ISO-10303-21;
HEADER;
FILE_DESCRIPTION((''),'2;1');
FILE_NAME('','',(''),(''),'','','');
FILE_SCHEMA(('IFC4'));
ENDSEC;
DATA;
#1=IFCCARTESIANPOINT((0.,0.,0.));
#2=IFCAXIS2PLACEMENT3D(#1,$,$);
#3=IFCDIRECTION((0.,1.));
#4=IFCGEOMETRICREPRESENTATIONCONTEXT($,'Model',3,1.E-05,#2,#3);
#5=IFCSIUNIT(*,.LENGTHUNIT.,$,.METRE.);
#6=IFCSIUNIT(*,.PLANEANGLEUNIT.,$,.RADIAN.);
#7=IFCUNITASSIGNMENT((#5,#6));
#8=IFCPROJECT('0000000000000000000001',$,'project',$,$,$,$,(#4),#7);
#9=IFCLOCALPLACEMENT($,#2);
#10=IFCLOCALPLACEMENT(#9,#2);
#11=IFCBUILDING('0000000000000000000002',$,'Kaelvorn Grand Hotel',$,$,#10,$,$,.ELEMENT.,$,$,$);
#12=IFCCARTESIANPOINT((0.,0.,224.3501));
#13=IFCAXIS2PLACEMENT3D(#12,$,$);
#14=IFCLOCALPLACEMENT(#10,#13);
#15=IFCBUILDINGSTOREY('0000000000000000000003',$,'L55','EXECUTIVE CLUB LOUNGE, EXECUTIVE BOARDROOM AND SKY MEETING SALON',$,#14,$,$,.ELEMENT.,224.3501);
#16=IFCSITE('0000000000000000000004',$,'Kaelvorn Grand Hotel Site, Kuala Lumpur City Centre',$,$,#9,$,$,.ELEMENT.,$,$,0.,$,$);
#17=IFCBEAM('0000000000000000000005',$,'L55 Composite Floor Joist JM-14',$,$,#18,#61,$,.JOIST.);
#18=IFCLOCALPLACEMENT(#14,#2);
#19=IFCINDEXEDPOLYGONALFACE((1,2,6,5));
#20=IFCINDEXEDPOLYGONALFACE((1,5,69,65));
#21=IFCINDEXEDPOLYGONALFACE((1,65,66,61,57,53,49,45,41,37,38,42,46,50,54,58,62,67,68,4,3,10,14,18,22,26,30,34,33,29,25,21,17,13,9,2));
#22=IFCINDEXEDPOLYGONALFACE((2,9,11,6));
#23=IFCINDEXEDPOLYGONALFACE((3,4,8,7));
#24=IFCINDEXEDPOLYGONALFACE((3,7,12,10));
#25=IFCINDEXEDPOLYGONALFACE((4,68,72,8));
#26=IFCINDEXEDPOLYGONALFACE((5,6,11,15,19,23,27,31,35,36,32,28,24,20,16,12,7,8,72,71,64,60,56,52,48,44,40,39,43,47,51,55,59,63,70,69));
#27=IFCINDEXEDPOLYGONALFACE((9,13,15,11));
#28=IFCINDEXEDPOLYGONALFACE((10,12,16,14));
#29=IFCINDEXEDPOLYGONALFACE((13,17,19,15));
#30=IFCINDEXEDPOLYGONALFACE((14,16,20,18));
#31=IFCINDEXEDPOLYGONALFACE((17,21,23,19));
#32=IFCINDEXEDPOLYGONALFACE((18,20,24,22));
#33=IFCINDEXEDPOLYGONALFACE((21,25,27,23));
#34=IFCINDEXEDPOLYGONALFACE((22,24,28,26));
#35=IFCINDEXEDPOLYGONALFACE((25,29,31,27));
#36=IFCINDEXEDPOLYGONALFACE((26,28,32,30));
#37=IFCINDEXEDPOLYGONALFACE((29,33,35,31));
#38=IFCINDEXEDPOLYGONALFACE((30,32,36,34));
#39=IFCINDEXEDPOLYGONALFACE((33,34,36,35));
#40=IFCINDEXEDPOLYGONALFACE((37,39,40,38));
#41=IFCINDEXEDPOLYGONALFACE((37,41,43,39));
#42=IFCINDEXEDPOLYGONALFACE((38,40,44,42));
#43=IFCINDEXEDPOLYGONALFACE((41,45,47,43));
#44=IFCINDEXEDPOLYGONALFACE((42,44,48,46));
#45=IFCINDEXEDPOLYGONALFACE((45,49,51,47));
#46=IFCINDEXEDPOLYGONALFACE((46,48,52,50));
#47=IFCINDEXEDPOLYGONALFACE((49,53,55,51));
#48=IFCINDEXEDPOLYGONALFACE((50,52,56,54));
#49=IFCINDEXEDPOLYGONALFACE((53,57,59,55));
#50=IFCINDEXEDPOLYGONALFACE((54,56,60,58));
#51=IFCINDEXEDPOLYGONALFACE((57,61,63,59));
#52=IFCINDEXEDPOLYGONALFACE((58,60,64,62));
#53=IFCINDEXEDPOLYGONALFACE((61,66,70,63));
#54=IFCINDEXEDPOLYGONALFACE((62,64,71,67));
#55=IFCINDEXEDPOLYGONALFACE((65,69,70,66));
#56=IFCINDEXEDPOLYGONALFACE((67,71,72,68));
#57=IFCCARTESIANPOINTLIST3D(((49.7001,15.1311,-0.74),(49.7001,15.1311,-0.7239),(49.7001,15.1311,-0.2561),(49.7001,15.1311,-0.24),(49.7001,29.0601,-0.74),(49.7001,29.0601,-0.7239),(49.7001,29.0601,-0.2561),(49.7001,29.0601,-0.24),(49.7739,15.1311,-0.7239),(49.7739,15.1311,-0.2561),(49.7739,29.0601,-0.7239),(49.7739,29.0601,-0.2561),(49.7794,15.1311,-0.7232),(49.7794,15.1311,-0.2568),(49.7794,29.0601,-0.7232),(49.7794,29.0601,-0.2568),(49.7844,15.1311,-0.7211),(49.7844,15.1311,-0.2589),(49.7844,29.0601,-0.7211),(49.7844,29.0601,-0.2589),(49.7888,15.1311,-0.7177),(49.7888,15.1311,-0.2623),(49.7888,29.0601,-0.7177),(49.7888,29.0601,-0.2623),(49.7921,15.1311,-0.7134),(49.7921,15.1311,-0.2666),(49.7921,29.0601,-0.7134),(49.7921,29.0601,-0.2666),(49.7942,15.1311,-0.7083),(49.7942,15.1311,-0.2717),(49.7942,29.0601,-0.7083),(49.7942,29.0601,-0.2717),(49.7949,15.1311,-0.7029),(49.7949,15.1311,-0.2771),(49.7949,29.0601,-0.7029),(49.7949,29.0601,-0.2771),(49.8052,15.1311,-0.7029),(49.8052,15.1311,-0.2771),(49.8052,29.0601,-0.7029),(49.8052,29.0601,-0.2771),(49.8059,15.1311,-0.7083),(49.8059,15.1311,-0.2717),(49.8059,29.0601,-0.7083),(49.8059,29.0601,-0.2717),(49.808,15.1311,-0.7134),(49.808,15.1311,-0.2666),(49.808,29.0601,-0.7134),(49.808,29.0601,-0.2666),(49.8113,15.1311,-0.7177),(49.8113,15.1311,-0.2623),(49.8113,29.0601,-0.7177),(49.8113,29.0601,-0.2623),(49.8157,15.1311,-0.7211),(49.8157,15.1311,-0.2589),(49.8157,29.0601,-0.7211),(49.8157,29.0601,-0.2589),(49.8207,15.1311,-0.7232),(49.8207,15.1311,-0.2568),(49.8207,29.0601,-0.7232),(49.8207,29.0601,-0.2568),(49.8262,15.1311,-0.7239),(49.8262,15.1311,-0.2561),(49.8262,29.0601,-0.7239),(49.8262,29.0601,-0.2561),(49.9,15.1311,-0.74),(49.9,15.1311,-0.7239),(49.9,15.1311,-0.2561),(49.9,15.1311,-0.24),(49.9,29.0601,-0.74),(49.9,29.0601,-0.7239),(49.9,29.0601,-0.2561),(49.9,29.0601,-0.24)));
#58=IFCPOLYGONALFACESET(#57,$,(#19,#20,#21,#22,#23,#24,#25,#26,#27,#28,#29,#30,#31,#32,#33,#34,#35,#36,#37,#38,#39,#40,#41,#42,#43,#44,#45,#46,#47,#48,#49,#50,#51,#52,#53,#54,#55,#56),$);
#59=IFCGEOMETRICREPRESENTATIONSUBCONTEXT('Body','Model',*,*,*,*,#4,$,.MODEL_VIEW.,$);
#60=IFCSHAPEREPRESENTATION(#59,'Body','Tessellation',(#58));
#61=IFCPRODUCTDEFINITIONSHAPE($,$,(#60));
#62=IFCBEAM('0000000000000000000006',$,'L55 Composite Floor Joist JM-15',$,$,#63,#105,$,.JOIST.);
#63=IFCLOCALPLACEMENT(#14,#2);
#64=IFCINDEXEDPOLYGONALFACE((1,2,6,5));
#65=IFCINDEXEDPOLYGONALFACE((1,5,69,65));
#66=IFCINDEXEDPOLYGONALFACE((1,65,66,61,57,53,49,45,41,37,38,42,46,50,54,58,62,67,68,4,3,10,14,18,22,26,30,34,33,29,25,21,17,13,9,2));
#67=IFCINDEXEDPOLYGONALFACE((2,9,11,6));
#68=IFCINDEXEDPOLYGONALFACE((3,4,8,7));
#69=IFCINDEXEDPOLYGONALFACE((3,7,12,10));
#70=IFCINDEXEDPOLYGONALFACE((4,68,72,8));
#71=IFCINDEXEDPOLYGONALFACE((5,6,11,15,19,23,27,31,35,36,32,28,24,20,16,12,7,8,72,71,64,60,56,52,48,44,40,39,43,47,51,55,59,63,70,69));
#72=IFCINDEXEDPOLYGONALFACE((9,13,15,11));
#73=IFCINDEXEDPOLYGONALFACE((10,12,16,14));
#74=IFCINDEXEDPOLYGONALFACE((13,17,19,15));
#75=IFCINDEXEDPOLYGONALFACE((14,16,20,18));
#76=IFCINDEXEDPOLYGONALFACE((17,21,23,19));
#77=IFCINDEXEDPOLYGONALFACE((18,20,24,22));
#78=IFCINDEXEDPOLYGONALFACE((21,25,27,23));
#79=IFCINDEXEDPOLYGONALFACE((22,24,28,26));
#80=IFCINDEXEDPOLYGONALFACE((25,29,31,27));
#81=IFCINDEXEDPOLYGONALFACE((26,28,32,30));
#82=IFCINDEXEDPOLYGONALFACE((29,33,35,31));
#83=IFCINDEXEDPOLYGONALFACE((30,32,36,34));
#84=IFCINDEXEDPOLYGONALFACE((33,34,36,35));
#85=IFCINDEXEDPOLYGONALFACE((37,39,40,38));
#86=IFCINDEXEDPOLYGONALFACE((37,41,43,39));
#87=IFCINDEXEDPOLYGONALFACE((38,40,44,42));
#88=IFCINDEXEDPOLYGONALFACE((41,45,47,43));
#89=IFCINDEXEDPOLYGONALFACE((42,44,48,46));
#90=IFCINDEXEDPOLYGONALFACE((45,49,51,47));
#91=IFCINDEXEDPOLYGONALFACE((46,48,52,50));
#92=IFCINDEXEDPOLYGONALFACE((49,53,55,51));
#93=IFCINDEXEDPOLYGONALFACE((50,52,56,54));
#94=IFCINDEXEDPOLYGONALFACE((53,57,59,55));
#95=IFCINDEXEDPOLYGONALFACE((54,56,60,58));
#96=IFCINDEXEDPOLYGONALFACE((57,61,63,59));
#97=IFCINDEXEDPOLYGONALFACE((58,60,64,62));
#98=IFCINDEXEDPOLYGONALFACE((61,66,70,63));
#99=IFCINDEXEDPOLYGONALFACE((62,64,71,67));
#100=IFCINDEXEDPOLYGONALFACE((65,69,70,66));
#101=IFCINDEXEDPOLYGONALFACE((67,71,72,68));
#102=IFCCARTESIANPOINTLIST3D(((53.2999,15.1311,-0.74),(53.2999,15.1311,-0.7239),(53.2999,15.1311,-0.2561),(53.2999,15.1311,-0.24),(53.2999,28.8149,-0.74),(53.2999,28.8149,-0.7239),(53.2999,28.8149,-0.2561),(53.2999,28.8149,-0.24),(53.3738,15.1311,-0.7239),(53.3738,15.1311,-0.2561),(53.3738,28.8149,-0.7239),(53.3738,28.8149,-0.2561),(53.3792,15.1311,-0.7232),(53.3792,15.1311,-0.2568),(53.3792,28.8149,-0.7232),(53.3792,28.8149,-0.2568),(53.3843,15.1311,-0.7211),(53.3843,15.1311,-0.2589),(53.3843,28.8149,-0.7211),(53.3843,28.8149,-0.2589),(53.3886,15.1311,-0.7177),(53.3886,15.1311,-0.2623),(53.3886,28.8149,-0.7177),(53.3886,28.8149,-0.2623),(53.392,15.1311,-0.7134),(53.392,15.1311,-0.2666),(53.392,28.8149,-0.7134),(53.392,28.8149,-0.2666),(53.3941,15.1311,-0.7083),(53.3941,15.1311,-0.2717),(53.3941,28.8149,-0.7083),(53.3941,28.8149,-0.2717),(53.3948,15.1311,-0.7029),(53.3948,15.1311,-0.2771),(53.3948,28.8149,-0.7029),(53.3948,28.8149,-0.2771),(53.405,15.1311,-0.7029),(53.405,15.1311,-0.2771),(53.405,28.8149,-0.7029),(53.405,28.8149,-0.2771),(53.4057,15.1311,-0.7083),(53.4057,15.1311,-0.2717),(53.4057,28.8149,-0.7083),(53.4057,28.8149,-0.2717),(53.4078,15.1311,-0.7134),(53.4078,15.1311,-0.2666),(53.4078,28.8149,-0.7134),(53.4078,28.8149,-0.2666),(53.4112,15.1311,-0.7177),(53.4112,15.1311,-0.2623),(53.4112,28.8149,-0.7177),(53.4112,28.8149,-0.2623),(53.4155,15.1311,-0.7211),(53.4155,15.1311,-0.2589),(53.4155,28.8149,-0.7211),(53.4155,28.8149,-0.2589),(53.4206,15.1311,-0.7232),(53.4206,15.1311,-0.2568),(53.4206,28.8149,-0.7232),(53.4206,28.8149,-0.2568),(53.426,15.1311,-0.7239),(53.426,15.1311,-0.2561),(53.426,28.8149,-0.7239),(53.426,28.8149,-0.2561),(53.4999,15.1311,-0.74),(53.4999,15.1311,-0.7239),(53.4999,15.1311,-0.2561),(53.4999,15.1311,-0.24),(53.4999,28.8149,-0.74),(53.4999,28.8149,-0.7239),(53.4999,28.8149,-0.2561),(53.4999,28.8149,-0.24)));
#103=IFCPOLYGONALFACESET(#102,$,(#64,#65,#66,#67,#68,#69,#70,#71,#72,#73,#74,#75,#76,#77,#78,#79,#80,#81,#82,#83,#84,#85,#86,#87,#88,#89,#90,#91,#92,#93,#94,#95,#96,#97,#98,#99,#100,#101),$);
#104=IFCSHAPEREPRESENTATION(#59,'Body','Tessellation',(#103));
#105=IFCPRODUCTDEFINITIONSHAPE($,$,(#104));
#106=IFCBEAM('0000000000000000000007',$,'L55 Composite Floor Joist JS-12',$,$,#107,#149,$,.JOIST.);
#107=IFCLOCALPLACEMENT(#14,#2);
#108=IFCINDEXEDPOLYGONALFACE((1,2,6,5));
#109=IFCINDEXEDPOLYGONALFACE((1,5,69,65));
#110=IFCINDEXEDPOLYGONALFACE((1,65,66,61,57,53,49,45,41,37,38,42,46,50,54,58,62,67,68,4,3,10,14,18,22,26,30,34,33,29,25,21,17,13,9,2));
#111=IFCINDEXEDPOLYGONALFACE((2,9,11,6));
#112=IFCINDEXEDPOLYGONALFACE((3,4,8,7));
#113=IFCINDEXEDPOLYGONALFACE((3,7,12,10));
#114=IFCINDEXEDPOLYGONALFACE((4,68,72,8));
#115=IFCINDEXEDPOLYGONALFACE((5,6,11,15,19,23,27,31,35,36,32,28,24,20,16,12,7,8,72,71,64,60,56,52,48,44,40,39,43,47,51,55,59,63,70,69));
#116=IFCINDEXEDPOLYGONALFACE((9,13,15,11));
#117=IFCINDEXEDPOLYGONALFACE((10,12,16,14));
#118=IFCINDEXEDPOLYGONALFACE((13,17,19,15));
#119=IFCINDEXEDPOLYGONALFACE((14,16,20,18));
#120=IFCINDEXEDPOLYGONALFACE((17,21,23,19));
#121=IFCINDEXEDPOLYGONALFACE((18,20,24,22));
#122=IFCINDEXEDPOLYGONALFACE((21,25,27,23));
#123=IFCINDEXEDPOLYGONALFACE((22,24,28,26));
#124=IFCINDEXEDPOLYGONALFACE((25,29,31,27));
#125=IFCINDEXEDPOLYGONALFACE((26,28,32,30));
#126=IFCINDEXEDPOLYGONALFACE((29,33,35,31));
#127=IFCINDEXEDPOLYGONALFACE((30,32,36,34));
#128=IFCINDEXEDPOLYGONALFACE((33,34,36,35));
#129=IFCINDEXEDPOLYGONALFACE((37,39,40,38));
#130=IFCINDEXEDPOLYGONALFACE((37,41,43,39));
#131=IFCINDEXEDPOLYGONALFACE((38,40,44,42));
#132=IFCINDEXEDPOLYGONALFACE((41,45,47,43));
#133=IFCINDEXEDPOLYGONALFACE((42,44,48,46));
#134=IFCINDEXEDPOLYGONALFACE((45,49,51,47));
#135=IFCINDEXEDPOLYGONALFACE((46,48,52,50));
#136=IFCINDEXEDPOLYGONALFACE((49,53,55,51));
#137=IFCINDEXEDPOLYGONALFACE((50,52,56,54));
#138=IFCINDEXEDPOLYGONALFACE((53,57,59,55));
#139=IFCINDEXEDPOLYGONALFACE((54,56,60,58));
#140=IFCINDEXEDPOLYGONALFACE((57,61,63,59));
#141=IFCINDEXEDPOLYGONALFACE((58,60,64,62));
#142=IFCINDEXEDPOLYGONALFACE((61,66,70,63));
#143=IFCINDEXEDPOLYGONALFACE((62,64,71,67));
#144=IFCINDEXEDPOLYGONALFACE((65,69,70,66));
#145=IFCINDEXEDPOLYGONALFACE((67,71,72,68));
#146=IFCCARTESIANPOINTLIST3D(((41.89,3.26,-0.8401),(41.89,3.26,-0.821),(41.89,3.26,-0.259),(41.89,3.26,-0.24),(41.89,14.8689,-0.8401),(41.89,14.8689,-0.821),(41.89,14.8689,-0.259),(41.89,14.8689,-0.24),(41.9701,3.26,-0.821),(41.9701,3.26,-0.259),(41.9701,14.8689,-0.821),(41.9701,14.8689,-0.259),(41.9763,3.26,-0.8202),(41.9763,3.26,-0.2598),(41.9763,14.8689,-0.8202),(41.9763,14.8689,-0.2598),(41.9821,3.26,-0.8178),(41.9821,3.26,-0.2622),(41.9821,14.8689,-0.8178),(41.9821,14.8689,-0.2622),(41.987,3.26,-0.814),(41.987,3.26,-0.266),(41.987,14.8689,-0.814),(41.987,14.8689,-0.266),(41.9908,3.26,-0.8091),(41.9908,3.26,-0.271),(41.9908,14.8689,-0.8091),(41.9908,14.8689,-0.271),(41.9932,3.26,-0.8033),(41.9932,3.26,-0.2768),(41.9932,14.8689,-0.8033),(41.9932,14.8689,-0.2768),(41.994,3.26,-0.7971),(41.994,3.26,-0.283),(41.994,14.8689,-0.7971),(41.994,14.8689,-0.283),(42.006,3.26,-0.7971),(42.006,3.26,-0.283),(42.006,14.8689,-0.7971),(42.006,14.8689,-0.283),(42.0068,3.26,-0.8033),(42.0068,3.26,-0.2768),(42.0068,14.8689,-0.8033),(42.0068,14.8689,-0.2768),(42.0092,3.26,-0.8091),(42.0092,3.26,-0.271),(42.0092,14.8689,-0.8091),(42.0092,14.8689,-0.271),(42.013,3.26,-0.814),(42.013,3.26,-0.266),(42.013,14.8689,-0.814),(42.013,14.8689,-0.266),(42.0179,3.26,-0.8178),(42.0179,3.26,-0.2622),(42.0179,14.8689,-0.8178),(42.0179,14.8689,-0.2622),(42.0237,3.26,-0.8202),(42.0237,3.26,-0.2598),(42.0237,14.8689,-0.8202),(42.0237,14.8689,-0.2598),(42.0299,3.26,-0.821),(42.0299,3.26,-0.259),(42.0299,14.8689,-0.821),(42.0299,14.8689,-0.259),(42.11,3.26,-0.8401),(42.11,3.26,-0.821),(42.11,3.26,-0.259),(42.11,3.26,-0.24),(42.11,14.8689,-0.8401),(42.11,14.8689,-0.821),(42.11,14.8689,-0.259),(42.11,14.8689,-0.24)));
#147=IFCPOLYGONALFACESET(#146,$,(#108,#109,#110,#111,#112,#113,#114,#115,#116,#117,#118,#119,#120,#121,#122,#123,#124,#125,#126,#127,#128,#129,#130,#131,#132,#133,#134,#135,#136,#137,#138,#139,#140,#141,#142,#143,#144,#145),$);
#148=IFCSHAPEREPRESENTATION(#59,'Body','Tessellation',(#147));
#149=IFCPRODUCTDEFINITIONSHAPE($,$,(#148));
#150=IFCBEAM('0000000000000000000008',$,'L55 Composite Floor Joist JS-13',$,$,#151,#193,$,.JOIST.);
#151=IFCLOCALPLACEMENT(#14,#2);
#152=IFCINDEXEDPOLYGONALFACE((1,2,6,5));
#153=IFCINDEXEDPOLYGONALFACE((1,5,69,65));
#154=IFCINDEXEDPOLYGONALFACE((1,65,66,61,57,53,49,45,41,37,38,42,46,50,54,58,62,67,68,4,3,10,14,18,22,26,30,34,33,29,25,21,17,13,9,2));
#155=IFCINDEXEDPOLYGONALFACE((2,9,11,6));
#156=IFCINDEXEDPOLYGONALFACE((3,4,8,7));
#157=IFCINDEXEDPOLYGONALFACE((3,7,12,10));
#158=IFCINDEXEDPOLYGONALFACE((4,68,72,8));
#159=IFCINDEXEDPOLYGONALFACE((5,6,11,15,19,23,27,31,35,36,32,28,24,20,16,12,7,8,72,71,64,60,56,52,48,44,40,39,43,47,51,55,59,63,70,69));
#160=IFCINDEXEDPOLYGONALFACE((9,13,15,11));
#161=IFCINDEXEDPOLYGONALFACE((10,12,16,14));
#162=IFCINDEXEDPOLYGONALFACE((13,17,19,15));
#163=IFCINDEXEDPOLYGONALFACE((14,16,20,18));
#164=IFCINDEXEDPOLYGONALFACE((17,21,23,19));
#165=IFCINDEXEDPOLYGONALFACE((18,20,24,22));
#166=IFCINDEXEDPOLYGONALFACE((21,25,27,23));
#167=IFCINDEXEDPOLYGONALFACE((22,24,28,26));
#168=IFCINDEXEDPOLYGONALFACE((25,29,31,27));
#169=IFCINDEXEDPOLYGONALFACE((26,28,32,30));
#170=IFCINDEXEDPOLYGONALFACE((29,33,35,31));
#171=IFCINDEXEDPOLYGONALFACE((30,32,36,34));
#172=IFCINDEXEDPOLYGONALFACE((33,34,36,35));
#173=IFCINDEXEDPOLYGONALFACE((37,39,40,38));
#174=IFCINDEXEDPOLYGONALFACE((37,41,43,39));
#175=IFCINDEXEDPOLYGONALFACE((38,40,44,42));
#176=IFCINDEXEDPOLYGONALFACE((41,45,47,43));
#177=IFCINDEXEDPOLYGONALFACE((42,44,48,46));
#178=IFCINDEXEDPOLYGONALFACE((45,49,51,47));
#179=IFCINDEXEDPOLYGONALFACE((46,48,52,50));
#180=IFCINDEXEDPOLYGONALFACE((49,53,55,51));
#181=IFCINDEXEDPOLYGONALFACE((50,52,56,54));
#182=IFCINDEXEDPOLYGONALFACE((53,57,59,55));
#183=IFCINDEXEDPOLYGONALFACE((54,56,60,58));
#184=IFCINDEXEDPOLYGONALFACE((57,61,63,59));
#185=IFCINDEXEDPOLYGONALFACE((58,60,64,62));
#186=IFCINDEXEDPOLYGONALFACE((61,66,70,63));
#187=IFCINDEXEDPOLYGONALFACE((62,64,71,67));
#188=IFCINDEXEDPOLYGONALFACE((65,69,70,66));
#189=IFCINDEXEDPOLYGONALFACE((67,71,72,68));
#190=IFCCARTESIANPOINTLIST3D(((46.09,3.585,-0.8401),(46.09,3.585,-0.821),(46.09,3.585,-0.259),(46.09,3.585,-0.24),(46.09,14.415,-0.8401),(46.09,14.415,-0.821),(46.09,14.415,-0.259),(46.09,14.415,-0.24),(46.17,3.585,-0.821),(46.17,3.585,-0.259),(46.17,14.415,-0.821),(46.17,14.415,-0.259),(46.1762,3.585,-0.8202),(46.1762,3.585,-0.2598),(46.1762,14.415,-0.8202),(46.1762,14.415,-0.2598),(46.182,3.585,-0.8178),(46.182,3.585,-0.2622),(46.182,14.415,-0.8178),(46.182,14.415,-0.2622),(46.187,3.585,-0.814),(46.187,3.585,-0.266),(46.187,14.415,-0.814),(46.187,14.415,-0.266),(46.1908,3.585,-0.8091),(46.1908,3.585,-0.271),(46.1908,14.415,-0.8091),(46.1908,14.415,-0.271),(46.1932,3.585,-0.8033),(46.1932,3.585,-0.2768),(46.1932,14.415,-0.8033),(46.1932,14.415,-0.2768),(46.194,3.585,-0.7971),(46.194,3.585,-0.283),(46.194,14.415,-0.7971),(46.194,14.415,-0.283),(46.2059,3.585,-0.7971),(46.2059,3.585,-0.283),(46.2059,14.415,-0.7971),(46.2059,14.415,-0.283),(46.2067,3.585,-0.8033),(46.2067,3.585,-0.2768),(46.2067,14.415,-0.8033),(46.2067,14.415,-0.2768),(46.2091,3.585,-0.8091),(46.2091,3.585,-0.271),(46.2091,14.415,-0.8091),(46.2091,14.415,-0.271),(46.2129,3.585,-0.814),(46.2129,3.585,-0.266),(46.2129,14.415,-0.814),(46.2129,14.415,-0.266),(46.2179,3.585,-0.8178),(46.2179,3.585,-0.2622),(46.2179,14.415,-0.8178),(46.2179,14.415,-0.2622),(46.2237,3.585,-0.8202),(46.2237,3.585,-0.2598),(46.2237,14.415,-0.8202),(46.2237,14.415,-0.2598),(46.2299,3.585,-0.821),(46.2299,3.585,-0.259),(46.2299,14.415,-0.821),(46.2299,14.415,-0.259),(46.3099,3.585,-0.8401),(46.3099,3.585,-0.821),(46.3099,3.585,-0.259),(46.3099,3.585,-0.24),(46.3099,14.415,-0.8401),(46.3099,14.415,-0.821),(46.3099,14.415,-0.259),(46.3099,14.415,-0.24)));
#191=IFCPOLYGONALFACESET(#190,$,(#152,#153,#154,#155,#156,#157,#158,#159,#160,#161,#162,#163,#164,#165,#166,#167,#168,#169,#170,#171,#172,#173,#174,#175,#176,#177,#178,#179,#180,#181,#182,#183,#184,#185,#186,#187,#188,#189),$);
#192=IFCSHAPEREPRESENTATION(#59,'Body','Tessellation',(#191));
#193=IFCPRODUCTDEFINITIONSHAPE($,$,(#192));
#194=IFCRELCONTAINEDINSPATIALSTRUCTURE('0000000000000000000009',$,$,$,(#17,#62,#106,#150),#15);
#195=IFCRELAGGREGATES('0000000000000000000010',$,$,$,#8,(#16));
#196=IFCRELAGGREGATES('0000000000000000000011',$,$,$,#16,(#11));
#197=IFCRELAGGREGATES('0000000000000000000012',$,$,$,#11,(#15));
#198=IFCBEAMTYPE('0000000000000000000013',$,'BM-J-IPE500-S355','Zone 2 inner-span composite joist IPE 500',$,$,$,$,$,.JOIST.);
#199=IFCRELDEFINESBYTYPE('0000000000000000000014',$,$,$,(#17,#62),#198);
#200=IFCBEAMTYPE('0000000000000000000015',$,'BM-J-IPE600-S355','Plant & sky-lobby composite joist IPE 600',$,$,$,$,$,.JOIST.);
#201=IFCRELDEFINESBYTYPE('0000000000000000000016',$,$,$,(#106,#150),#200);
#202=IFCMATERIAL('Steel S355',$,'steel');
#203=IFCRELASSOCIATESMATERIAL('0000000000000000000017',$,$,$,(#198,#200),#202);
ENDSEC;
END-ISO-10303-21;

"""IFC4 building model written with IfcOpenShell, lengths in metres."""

from ifc_helpers import new_model, si_unit, direction, frame, origin, origin_2d, place, context, subcontext, project, spatial, i_section, extrude, material, material_profile, profile_set, type_object, element, save


model = new_model("IFC4")

# Units and contexts
model_context = context("Model", 3, precision=1e-05, world=origin(), true_north=direction((0.0, 1.0)))
body_context = subcontext(model_context, "Body", "Model", "MODEL_VIEW")
ifc_project = project(units=[si_unit("LENGTHUNIT", "METRE"), si_unit("PLANEANGLEUNIT", "RADIAN")], contexts=[model_context])

# Site, building, storey
site_placement = place(None, origin())
site = spatial("IfcSite", under=ifc_project, at=site_placement, Name="Kaelvorn Grand Hotel Site, Kuala Lumpur City Centre", CompositionType="ELEMENT", RefElevation=0.0)
building_placement = place(site_placement, origin())
building = spatial("IfcBuilding", under=site, at=building_placement, Name="Kaelvorn Grand Hotel", CompositionType="ELEMENT")
storey_placement = place(building_placement, frame((0.0, 0.0, 224.3501)))
storey = spatial("IfcBuildingStorey", under=building, at=storey_placement, Name="L55", Description="EXECUTIVE CLUB LOUNGE, EXECUTIVE BOARDROOM AND SKY MEETING SALON", CompositionType="ELEMENT", Elevation=224.3501)

# Beams
ifc_material_1 = material(Name="Steel S355", Category="steel")
ifc_material_profile_1 = material_profile(ifc_material_1, i_section(OverallWidth=0.2, OverallDepth=0.5, WebThickness=0.0103, FlangeThickness=0.0161, FilletRadius=0.021, at=origin_2d()), Name="IPE 500")
ifc_profile_set_1 = profile_set([ifc_material_profile_1], Name="Steel S355")
beam_type_1 = type_object("IfcBeamType", Name="BM-J-IPE500-S355", Description="Zone 2 inner-span composite joist IPE 500", PredefinedType="JOIST", material=ifc_profile_set_1)
beam_1_placement = place(storey_placement, frame((49.8, 15.1311, -0.49), z_axis=(0.0, 1.0, 0.0), x_axis=(-1.0, 0.0, 0.0)))
element("IfcBeam", 1, at=beam_1_placement, inside=storey, type_object=beam_type_1, Name="L55 Composite Floor Joist JM-14", PredefinedType="JOIST", context=body_context, shape_type="SweptSolid", body=[
    extrude(i_section(OverallWidth=0.2, OverallDepth=0.5, WebThickness=0.0103, FlangeThickness=0.0161, FilletRadius=0.021, at=origin_2d()), origin(), (0.0, 0.0, 1.0), 13.929),
])
beam_2_placement = place(storey_placement, frame((53.3999, 15.1311, -0.49), z_axis=(0.0, 1.0, 0.0), x_axis=(-1.0, 0.0, 0.0)))
element("IfcBeam", 2, at=beam_2_placement, inside=storey, type_object=beam_type_1, Name="L55 Composite Floor Joist JM-15", PredefinedType="JOIST", context=body_context, shape_type="SweptSolid", body=[
    extrude(i_section(OverallWidth=0.2, OverallDepth=0.5, WebThickness=0.0103, FlangeThickness=0.0161, FilletRadius=0.021, at=origin_2d()), origin(), (0.0, 0.0, 1.0), 13.6838),
])
ifc_material_profile_2 = material_profile(ifc_material_1, i_section(OverallWidth=0.22, OverallDepth=0.6001, WebThickness=0.012, FlangeThickness=0.019, FilletRadius=0.0239, at=origin_2d()), Name="IPE 600")
ifc_profile_set_2 = profile_set([ifc_material_profile_2], Name="Steel S355")
beam_type_2 = type_object("IfcBeamType", Name="BM-J-IPE600-S355", Description="Plant & sky-lobby composite joist IPE 600", PredefinedType="JOIST", material=ifc_profile_set_2)
beam_3_placement = place(storey_placement, frame((42.0, 3.26, -0.54), z_axis=(0.0, 1.0, 0.0), x_axis=(-1.0, 0.0, 0.0)))
element("IfcBeam", 3, at=beam_3_placement, inside=storey, type_object=beam_type_2, Name="L55 Composite Floor Joist JS-12", PredefinedType="JOIST", context=body_context, shape_type="SweptSolid", body=[
    extrude(i_section(OverallWidth=0.22, OverallDepth=0.6001, WebThickness=0.012, FlangeThickness=0.019, FilletRadius=0.0239, at=origin_2d()), origin(), (0.0, 0.0, 1.0), 11.6089),
])
beam_4_placement = place(storey_placement, frame((46.2, 3.585, -0.54), z_axis=(0.0, 1.0, 0.0), x_axis=(-1.0, 0.0, 0.0)))
element("IfcBeam", 4, at=beam_4_placement, inside=storey, type_object=beam_type_2, Name="L55 Composite Floor Joist JS-13", PredefinedType="JOIST", context=body_context, shape_type="SweptSolid", body=[
    extrude(i_section(OverallWidth=0.22, OverallDepth=0.6001, WebThickness=0.012, FlangeThickness=0.019, FilletRadius=0.0239, at=origin_2d()), origin(), (0.0, 0.0, 1.0), 10.8301),
])

save(model, "model.ifc")
